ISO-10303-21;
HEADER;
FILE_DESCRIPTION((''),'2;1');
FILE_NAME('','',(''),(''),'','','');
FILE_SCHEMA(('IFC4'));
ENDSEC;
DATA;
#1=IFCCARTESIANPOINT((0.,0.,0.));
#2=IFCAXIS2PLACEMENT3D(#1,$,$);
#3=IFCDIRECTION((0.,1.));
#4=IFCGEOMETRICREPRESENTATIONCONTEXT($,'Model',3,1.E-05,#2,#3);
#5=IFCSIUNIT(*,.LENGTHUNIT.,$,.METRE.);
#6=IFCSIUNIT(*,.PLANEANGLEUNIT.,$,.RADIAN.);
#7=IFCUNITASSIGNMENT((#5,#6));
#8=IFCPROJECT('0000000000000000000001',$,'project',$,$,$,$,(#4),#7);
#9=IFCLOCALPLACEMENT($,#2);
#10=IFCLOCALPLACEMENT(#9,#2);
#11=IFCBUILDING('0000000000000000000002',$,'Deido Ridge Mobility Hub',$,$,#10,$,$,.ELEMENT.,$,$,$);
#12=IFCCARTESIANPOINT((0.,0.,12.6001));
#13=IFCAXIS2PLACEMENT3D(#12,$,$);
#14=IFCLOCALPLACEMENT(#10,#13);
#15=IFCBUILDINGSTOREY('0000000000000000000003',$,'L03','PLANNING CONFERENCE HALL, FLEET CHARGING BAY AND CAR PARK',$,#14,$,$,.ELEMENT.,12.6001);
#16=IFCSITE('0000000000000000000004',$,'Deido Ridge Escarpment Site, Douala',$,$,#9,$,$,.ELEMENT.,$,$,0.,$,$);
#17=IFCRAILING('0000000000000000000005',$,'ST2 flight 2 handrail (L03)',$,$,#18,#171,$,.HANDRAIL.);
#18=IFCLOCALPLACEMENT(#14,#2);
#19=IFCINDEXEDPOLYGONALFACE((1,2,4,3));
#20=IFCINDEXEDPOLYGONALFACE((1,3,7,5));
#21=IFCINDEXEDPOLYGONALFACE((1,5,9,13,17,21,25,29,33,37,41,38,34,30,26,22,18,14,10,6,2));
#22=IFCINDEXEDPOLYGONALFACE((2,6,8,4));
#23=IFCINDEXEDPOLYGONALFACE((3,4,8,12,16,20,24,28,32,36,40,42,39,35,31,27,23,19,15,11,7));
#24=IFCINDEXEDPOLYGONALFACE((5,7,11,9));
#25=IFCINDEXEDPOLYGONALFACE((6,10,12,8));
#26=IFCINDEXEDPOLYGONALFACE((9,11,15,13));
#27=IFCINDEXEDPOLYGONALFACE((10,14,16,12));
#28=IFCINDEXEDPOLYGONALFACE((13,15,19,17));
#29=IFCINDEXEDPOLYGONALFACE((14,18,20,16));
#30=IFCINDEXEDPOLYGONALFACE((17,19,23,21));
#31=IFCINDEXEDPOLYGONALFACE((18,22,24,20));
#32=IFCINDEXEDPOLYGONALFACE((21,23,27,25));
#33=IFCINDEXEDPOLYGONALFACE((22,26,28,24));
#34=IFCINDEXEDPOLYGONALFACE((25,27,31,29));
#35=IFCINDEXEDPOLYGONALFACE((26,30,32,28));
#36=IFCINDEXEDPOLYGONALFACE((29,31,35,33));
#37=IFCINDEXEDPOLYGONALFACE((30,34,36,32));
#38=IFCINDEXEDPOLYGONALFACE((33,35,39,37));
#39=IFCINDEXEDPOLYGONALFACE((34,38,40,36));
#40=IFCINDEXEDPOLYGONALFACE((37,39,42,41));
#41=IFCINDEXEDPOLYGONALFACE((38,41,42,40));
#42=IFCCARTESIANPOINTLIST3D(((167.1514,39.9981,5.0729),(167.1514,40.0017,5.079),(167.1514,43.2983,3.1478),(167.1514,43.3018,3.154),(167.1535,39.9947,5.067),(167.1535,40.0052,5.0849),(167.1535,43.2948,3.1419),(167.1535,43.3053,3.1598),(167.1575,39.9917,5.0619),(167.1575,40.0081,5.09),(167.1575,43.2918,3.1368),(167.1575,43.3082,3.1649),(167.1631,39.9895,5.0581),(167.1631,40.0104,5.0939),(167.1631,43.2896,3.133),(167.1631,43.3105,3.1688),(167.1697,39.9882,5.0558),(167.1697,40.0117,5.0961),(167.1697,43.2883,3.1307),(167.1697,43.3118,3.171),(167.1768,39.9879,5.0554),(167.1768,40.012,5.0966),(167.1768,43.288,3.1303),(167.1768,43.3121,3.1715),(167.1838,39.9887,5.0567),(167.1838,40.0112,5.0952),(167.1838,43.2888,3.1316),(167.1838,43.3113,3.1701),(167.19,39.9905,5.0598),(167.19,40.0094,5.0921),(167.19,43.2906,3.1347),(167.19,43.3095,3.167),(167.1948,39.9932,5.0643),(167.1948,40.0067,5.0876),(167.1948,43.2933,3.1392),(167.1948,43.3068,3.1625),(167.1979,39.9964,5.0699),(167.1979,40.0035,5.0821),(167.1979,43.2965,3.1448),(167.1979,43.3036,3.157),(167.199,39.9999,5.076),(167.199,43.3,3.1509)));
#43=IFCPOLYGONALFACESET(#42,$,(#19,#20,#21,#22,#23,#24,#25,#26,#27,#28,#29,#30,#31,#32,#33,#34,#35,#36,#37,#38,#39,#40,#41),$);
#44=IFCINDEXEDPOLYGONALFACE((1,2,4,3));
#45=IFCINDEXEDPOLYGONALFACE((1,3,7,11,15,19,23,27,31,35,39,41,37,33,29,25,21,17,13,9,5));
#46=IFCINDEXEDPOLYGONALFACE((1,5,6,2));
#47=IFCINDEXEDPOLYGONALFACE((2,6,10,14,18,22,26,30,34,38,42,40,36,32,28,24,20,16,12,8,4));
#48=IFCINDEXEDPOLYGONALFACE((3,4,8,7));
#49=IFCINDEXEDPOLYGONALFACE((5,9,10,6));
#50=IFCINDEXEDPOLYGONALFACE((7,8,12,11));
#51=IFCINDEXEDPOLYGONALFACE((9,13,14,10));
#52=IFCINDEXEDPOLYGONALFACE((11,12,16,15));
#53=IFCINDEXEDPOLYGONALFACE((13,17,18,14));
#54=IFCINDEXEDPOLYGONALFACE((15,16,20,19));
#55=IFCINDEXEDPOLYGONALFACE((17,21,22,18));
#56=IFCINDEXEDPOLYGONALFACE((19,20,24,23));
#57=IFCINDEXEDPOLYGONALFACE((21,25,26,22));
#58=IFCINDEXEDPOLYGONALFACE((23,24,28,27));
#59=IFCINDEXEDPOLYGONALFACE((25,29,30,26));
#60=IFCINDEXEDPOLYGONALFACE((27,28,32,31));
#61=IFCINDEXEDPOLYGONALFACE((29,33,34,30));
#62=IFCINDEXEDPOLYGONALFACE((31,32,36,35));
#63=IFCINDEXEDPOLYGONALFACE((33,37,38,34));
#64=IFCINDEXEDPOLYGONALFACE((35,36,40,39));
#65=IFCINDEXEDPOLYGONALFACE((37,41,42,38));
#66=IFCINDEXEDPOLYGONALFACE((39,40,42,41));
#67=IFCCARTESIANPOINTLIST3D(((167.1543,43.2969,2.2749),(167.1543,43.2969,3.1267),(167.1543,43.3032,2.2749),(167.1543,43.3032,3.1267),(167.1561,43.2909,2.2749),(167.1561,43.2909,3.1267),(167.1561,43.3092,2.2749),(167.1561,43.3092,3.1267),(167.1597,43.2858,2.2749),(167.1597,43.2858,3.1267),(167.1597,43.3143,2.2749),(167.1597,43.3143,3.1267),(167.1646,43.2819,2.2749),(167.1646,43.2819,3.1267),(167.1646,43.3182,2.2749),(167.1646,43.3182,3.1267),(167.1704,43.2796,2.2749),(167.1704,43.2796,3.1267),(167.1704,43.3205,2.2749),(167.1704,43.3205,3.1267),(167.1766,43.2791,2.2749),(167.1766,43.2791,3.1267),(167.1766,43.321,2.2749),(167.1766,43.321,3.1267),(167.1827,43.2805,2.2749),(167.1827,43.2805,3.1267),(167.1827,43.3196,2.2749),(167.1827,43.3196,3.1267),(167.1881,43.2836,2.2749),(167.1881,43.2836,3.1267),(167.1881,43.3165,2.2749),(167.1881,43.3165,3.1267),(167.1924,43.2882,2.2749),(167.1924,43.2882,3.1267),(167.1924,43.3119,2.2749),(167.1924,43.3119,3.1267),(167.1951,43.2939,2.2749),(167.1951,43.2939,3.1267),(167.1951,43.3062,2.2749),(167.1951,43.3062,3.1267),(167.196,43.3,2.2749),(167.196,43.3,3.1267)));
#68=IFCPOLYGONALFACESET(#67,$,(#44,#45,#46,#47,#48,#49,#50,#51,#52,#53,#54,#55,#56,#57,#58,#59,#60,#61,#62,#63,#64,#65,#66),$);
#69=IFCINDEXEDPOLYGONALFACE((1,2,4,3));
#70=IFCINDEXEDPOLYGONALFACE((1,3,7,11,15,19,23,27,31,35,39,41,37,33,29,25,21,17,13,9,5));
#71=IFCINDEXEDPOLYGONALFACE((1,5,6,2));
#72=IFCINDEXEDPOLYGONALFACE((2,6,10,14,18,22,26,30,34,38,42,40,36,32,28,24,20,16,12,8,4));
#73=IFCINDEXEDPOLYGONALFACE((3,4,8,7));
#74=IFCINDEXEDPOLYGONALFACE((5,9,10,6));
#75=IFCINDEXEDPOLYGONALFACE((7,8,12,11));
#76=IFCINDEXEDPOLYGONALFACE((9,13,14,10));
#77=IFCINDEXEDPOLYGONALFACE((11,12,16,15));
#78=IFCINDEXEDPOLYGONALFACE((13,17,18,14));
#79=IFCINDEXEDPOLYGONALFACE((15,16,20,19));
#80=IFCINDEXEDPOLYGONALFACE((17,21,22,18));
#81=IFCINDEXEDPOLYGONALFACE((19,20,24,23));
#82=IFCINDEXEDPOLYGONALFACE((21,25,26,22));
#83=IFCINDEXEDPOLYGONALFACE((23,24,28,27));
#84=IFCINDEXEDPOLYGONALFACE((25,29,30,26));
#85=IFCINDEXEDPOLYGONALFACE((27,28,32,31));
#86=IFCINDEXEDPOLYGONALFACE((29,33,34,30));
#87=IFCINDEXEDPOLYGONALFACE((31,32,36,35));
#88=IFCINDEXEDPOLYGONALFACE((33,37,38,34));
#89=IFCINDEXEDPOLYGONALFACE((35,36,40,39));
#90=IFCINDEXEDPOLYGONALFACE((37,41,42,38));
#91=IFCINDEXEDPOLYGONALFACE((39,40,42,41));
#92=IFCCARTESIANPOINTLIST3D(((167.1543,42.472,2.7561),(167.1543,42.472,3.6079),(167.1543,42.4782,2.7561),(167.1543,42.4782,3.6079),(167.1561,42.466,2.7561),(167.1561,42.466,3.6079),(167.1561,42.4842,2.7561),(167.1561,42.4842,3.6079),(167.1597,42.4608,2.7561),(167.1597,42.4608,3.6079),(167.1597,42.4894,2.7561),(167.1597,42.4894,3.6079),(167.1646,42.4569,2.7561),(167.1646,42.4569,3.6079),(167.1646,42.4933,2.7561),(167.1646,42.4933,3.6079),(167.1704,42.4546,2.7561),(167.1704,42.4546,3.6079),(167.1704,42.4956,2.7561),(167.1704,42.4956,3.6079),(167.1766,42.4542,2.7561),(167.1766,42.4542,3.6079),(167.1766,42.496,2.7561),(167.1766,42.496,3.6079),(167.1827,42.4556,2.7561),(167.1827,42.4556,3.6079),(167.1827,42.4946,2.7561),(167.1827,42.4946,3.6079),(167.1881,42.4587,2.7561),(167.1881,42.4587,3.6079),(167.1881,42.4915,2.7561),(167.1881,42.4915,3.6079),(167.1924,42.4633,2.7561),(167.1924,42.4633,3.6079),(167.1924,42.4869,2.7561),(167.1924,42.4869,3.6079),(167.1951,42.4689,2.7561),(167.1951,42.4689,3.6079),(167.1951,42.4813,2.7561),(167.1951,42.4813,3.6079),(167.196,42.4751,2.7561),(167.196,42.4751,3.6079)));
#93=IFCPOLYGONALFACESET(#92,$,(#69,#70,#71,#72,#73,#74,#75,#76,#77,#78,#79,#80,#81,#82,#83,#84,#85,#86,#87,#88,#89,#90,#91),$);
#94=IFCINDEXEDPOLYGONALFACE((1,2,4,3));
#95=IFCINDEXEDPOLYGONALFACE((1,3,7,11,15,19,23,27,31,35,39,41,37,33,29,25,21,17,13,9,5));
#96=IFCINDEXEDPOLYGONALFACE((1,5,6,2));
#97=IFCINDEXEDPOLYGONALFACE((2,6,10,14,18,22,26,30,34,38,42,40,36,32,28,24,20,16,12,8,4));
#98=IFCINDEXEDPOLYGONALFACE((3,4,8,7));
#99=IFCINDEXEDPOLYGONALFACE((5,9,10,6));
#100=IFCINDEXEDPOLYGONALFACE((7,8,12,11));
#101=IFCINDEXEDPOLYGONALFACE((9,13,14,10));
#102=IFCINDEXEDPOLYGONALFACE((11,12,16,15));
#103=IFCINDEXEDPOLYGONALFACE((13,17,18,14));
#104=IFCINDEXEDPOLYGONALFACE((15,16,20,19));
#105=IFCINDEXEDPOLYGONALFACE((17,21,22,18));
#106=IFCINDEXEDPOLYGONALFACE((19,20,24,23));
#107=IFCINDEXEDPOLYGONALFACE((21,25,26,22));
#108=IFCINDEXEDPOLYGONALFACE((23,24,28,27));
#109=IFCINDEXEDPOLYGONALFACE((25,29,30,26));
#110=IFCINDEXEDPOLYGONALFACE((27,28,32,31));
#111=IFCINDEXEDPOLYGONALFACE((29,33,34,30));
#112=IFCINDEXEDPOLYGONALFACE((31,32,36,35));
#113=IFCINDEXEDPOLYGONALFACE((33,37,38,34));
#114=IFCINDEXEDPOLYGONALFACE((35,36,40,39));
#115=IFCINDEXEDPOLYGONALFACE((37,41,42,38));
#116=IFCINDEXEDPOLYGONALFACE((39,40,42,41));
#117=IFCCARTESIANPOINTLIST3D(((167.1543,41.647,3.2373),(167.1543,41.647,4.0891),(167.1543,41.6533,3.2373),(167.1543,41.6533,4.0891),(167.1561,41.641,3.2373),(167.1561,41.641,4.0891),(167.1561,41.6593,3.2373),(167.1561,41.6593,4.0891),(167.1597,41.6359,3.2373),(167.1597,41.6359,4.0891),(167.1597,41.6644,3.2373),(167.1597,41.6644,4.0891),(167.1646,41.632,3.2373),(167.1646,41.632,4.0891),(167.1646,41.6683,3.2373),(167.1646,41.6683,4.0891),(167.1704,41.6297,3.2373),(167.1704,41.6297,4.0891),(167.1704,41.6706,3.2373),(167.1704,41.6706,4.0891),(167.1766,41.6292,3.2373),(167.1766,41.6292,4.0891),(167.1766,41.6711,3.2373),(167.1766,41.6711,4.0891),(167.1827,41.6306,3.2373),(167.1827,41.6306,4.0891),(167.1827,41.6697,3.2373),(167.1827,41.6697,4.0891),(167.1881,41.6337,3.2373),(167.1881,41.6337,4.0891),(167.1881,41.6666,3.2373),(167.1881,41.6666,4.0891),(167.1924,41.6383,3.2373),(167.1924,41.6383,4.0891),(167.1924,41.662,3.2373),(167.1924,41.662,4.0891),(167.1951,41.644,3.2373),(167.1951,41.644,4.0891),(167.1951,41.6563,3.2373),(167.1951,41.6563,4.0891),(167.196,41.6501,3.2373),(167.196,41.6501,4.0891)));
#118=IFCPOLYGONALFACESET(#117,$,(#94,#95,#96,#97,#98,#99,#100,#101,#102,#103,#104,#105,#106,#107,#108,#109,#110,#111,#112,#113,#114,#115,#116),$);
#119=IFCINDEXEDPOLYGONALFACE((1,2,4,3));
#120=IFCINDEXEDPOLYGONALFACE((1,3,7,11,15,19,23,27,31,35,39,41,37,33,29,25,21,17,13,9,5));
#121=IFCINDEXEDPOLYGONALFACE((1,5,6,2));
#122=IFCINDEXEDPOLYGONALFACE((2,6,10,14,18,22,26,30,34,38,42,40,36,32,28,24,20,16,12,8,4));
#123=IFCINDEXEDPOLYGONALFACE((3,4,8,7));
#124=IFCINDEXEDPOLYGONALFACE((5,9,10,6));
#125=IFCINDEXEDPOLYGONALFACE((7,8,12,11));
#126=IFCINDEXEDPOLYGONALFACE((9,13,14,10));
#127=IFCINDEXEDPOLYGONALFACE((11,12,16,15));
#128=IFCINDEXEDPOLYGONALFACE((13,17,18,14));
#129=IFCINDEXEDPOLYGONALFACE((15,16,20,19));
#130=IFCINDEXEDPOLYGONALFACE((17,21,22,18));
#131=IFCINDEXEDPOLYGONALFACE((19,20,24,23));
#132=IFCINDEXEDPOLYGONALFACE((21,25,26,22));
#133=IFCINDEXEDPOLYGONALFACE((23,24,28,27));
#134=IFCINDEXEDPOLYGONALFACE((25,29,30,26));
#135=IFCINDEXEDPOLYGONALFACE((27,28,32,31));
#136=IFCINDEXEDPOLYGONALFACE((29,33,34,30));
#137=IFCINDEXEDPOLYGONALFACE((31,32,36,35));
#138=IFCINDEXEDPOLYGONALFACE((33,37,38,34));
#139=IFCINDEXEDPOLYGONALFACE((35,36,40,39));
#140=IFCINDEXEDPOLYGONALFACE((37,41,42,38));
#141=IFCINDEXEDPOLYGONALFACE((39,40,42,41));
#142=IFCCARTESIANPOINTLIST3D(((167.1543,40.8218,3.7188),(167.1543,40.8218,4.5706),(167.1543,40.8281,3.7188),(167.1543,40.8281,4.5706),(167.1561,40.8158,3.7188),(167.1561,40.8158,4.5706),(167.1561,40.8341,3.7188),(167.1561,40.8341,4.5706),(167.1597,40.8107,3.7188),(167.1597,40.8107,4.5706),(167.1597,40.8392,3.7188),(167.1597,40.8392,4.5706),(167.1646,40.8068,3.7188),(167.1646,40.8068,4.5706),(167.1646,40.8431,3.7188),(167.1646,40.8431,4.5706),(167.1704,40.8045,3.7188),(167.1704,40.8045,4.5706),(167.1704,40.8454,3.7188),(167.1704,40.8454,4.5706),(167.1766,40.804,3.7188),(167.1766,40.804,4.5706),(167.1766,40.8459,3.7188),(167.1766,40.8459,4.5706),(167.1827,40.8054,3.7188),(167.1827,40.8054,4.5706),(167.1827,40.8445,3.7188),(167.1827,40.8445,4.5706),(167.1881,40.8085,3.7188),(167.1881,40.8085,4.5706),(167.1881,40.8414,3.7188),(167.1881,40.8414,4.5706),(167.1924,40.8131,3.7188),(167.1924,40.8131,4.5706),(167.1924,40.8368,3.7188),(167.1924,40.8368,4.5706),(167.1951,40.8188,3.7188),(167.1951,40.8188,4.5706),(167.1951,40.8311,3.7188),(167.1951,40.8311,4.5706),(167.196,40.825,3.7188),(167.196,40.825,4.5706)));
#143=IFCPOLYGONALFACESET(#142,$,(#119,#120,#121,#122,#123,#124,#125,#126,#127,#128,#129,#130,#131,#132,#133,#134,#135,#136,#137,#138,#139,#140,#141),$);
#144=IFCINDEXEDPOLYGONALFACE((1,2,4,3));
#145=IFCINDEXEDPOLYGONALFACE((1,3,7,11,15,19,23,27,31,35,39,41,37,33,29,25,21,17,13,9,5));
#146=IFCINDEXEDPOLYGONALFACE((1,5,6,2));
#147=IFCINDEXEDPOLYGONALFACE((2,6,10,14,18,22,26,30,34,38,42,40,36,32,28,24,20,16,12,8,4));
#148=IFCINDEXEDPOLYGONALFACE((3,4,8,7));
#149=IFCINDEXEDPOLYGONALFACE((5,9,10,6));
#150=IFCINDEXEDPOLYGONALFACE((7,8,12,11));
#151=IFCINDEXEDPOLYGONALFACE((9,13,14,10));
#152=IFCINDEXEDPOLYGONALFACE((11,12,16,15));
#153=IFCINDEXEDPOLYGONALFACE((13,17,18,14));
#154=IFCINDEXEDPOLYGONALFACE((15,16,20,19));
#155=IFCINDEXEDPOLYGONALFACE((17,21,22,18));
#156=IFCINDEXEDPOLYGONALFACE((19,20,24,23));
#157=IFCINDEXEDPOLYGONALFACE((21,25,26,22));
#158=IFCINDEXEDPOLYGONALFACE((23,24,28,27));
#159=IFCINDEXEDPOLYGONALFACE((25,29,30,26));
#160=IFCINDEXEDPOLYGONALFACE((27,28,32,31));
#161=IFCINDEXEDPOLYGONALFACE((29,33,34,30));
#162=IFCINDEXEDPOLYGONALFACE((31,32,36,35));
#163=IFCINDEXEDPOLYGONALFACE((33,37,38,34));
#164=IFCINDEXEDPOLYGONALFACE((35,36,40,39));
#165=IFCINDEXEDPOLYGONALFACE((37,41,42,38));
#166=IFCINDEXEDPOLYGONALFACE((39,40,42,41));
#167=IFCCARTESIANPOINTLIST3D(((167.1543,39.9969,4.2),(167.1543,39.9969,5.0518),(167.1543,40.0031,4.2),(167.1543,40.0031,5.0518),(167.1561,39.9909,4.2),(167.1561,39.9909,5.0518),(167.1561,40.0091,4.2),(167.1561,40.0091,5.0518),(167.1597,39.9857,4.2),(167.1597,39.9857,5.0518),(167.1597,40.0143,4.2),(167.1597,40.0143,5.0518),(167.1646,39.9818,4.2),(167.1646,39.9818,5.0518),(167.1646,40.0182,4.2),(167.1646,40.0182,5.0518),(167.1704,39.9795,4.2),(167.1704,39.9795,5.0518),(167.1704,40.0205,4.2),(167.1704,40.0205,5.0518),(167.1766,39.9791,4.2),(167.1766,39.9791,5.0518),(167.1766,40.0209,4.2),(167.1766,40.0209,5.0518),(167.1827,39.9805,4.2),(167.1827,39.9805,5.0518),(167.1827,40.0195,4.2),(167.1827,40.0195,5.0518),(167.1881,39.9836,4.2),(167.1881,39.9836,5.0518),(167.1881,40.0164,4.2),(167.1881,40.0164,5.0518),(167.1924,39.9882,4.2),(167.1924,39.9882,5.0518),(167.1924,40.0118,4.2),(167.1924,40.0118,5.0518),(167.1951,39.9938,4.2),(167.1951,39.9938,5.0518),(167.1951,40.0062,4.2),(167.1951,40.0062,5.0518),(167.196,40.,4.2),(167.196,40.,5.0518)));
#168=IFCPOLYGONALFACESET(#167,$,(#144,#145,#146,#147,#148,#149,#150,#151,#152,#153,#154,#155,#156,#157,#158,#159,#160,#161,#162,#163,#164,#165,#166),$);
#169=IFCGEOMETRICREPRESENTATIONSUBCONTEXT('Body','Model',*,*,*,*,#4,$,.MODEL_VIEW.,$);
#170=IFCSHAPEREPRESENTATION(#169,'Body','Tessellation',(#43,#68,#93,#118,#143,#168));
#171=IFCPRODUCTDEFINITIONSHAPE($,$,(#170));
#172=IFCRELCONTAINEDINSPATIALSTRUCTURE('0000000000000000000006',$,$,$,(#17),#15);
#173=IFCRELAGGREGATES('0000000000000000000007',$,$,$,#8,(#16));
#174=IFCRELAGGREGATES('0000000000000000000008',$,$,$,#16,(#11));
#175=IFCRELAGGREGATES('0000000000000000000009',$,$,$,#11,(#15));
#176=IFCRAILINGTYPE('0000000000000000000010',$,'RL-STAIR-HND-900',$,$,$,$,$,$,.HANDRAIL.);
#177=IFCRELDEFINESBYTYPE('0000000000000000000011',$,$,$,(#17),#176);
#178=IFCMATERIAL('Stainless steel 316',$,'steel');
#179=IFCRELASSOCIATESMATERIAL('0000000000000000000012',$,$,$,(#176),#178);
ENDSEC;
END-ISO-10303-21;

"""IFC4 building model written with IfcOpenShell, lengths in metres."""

from ifc_helpers import new_model, si_unit, direction, frame, origin, origin_2d, place, context, subcontext, project, spatial, circle, extrude, material, type_object, element, save


model = new_model("IFC4")

# Units and contexts
model_context = context("Model", 3, precision=1e-05, world=origin(), true_north=direction((0.0, 1.0)))
body_context = subcontext(model_context, "Body", "Model", "MODEL_VIEW")
ifc_project = project(units=[si_unit("LENGTHUNIT", "METRE"), si_unit("PLANEANGLEUNIT", "RADIAN")], contexts=[model_context])

# Site, building, storey
site_placement = place(None, origin())
site = spatial("IfcSite", under=ifc_project, at=site_placement, Name="Deido Ridge Escarpment Site, Douala", CompositionType="ELEMENT", RefElevation=0.0)
building_placement = place(site_placement, origin())
building = spatial("IfcBuilding", under=site, at=building_placement, Name="Deido Ridge Mobility Hub", CompositionType="ELEMENT")
storey_placement = place(building_placement, frame((0.0, 0.0, 12.6001)))
storey = spatial("IfcBuildingStorey", under=building, at=storey_placement, Name="L03", Description="PLANNING CONFERENCE HALL, FLEET CHARGING BAY AND CAR PARK", CompositionType="ELEMENT", Elevation=12.6001)

# Shared definitions
ifc_material_1 = material(Name="Stainless steel 316", Category="steel")

# Railing
railing_type_1 = type_object("IfcRailingType", Name="RL-STAIR-HND-900", PredefinedType="HANDRAIL", material=ifc_material_1)
railing_1_placement = place(storey_placement, frame((167.175, 43.3, 2.2749)))
element("IfcRailing", 1, at=railing_1_placement, inside=storey, type_object=railing_type_1, Name="ST2 flight 2 handrail (L03)", PredefinedType="HANDRAIL", context=body_context, shape_type="SweptSolid", body=[
    extrude(circle(Radius=0.0239, at=origin_2d()), frame((0.0, 0.0, 0.876), z_axis=(0.0, -0.863777, 0.503875), x_axis=(1.0, 0.0, 0.0)), (0.0, 0.0, 1.0), 3.8206),
    extrude(circle(Radius=0.021, at=origin_2d()), origin(), (0.0, 0.0, 1.0), 0.8518),
    extrude(circle(Radius=0.021, at=origin_2d()), frame((0.0, -0.825, 0.4812)), (0.0, 0.0, 1.0), 0.8518),
    extrude(circle(Radius=0.021, at=origin_2d()), frame((0.0, -1.6499, 0.9624)), (0.0, 0.0, 1.0), 0.8518),
    extrude(circle(Radius=0.021, at=origin_2d()), frame((0.0, -2.4751, 1.4438)), (0.0, 0.0, 1.0), 0.8518),
    extrude(circle(Radius=0.021, at=origin_2d()), frame((0.0, -3.3, 1.925)), (0.0, 0.0, 1.0), 0.8518),
])

save(model, "model.ifc")
